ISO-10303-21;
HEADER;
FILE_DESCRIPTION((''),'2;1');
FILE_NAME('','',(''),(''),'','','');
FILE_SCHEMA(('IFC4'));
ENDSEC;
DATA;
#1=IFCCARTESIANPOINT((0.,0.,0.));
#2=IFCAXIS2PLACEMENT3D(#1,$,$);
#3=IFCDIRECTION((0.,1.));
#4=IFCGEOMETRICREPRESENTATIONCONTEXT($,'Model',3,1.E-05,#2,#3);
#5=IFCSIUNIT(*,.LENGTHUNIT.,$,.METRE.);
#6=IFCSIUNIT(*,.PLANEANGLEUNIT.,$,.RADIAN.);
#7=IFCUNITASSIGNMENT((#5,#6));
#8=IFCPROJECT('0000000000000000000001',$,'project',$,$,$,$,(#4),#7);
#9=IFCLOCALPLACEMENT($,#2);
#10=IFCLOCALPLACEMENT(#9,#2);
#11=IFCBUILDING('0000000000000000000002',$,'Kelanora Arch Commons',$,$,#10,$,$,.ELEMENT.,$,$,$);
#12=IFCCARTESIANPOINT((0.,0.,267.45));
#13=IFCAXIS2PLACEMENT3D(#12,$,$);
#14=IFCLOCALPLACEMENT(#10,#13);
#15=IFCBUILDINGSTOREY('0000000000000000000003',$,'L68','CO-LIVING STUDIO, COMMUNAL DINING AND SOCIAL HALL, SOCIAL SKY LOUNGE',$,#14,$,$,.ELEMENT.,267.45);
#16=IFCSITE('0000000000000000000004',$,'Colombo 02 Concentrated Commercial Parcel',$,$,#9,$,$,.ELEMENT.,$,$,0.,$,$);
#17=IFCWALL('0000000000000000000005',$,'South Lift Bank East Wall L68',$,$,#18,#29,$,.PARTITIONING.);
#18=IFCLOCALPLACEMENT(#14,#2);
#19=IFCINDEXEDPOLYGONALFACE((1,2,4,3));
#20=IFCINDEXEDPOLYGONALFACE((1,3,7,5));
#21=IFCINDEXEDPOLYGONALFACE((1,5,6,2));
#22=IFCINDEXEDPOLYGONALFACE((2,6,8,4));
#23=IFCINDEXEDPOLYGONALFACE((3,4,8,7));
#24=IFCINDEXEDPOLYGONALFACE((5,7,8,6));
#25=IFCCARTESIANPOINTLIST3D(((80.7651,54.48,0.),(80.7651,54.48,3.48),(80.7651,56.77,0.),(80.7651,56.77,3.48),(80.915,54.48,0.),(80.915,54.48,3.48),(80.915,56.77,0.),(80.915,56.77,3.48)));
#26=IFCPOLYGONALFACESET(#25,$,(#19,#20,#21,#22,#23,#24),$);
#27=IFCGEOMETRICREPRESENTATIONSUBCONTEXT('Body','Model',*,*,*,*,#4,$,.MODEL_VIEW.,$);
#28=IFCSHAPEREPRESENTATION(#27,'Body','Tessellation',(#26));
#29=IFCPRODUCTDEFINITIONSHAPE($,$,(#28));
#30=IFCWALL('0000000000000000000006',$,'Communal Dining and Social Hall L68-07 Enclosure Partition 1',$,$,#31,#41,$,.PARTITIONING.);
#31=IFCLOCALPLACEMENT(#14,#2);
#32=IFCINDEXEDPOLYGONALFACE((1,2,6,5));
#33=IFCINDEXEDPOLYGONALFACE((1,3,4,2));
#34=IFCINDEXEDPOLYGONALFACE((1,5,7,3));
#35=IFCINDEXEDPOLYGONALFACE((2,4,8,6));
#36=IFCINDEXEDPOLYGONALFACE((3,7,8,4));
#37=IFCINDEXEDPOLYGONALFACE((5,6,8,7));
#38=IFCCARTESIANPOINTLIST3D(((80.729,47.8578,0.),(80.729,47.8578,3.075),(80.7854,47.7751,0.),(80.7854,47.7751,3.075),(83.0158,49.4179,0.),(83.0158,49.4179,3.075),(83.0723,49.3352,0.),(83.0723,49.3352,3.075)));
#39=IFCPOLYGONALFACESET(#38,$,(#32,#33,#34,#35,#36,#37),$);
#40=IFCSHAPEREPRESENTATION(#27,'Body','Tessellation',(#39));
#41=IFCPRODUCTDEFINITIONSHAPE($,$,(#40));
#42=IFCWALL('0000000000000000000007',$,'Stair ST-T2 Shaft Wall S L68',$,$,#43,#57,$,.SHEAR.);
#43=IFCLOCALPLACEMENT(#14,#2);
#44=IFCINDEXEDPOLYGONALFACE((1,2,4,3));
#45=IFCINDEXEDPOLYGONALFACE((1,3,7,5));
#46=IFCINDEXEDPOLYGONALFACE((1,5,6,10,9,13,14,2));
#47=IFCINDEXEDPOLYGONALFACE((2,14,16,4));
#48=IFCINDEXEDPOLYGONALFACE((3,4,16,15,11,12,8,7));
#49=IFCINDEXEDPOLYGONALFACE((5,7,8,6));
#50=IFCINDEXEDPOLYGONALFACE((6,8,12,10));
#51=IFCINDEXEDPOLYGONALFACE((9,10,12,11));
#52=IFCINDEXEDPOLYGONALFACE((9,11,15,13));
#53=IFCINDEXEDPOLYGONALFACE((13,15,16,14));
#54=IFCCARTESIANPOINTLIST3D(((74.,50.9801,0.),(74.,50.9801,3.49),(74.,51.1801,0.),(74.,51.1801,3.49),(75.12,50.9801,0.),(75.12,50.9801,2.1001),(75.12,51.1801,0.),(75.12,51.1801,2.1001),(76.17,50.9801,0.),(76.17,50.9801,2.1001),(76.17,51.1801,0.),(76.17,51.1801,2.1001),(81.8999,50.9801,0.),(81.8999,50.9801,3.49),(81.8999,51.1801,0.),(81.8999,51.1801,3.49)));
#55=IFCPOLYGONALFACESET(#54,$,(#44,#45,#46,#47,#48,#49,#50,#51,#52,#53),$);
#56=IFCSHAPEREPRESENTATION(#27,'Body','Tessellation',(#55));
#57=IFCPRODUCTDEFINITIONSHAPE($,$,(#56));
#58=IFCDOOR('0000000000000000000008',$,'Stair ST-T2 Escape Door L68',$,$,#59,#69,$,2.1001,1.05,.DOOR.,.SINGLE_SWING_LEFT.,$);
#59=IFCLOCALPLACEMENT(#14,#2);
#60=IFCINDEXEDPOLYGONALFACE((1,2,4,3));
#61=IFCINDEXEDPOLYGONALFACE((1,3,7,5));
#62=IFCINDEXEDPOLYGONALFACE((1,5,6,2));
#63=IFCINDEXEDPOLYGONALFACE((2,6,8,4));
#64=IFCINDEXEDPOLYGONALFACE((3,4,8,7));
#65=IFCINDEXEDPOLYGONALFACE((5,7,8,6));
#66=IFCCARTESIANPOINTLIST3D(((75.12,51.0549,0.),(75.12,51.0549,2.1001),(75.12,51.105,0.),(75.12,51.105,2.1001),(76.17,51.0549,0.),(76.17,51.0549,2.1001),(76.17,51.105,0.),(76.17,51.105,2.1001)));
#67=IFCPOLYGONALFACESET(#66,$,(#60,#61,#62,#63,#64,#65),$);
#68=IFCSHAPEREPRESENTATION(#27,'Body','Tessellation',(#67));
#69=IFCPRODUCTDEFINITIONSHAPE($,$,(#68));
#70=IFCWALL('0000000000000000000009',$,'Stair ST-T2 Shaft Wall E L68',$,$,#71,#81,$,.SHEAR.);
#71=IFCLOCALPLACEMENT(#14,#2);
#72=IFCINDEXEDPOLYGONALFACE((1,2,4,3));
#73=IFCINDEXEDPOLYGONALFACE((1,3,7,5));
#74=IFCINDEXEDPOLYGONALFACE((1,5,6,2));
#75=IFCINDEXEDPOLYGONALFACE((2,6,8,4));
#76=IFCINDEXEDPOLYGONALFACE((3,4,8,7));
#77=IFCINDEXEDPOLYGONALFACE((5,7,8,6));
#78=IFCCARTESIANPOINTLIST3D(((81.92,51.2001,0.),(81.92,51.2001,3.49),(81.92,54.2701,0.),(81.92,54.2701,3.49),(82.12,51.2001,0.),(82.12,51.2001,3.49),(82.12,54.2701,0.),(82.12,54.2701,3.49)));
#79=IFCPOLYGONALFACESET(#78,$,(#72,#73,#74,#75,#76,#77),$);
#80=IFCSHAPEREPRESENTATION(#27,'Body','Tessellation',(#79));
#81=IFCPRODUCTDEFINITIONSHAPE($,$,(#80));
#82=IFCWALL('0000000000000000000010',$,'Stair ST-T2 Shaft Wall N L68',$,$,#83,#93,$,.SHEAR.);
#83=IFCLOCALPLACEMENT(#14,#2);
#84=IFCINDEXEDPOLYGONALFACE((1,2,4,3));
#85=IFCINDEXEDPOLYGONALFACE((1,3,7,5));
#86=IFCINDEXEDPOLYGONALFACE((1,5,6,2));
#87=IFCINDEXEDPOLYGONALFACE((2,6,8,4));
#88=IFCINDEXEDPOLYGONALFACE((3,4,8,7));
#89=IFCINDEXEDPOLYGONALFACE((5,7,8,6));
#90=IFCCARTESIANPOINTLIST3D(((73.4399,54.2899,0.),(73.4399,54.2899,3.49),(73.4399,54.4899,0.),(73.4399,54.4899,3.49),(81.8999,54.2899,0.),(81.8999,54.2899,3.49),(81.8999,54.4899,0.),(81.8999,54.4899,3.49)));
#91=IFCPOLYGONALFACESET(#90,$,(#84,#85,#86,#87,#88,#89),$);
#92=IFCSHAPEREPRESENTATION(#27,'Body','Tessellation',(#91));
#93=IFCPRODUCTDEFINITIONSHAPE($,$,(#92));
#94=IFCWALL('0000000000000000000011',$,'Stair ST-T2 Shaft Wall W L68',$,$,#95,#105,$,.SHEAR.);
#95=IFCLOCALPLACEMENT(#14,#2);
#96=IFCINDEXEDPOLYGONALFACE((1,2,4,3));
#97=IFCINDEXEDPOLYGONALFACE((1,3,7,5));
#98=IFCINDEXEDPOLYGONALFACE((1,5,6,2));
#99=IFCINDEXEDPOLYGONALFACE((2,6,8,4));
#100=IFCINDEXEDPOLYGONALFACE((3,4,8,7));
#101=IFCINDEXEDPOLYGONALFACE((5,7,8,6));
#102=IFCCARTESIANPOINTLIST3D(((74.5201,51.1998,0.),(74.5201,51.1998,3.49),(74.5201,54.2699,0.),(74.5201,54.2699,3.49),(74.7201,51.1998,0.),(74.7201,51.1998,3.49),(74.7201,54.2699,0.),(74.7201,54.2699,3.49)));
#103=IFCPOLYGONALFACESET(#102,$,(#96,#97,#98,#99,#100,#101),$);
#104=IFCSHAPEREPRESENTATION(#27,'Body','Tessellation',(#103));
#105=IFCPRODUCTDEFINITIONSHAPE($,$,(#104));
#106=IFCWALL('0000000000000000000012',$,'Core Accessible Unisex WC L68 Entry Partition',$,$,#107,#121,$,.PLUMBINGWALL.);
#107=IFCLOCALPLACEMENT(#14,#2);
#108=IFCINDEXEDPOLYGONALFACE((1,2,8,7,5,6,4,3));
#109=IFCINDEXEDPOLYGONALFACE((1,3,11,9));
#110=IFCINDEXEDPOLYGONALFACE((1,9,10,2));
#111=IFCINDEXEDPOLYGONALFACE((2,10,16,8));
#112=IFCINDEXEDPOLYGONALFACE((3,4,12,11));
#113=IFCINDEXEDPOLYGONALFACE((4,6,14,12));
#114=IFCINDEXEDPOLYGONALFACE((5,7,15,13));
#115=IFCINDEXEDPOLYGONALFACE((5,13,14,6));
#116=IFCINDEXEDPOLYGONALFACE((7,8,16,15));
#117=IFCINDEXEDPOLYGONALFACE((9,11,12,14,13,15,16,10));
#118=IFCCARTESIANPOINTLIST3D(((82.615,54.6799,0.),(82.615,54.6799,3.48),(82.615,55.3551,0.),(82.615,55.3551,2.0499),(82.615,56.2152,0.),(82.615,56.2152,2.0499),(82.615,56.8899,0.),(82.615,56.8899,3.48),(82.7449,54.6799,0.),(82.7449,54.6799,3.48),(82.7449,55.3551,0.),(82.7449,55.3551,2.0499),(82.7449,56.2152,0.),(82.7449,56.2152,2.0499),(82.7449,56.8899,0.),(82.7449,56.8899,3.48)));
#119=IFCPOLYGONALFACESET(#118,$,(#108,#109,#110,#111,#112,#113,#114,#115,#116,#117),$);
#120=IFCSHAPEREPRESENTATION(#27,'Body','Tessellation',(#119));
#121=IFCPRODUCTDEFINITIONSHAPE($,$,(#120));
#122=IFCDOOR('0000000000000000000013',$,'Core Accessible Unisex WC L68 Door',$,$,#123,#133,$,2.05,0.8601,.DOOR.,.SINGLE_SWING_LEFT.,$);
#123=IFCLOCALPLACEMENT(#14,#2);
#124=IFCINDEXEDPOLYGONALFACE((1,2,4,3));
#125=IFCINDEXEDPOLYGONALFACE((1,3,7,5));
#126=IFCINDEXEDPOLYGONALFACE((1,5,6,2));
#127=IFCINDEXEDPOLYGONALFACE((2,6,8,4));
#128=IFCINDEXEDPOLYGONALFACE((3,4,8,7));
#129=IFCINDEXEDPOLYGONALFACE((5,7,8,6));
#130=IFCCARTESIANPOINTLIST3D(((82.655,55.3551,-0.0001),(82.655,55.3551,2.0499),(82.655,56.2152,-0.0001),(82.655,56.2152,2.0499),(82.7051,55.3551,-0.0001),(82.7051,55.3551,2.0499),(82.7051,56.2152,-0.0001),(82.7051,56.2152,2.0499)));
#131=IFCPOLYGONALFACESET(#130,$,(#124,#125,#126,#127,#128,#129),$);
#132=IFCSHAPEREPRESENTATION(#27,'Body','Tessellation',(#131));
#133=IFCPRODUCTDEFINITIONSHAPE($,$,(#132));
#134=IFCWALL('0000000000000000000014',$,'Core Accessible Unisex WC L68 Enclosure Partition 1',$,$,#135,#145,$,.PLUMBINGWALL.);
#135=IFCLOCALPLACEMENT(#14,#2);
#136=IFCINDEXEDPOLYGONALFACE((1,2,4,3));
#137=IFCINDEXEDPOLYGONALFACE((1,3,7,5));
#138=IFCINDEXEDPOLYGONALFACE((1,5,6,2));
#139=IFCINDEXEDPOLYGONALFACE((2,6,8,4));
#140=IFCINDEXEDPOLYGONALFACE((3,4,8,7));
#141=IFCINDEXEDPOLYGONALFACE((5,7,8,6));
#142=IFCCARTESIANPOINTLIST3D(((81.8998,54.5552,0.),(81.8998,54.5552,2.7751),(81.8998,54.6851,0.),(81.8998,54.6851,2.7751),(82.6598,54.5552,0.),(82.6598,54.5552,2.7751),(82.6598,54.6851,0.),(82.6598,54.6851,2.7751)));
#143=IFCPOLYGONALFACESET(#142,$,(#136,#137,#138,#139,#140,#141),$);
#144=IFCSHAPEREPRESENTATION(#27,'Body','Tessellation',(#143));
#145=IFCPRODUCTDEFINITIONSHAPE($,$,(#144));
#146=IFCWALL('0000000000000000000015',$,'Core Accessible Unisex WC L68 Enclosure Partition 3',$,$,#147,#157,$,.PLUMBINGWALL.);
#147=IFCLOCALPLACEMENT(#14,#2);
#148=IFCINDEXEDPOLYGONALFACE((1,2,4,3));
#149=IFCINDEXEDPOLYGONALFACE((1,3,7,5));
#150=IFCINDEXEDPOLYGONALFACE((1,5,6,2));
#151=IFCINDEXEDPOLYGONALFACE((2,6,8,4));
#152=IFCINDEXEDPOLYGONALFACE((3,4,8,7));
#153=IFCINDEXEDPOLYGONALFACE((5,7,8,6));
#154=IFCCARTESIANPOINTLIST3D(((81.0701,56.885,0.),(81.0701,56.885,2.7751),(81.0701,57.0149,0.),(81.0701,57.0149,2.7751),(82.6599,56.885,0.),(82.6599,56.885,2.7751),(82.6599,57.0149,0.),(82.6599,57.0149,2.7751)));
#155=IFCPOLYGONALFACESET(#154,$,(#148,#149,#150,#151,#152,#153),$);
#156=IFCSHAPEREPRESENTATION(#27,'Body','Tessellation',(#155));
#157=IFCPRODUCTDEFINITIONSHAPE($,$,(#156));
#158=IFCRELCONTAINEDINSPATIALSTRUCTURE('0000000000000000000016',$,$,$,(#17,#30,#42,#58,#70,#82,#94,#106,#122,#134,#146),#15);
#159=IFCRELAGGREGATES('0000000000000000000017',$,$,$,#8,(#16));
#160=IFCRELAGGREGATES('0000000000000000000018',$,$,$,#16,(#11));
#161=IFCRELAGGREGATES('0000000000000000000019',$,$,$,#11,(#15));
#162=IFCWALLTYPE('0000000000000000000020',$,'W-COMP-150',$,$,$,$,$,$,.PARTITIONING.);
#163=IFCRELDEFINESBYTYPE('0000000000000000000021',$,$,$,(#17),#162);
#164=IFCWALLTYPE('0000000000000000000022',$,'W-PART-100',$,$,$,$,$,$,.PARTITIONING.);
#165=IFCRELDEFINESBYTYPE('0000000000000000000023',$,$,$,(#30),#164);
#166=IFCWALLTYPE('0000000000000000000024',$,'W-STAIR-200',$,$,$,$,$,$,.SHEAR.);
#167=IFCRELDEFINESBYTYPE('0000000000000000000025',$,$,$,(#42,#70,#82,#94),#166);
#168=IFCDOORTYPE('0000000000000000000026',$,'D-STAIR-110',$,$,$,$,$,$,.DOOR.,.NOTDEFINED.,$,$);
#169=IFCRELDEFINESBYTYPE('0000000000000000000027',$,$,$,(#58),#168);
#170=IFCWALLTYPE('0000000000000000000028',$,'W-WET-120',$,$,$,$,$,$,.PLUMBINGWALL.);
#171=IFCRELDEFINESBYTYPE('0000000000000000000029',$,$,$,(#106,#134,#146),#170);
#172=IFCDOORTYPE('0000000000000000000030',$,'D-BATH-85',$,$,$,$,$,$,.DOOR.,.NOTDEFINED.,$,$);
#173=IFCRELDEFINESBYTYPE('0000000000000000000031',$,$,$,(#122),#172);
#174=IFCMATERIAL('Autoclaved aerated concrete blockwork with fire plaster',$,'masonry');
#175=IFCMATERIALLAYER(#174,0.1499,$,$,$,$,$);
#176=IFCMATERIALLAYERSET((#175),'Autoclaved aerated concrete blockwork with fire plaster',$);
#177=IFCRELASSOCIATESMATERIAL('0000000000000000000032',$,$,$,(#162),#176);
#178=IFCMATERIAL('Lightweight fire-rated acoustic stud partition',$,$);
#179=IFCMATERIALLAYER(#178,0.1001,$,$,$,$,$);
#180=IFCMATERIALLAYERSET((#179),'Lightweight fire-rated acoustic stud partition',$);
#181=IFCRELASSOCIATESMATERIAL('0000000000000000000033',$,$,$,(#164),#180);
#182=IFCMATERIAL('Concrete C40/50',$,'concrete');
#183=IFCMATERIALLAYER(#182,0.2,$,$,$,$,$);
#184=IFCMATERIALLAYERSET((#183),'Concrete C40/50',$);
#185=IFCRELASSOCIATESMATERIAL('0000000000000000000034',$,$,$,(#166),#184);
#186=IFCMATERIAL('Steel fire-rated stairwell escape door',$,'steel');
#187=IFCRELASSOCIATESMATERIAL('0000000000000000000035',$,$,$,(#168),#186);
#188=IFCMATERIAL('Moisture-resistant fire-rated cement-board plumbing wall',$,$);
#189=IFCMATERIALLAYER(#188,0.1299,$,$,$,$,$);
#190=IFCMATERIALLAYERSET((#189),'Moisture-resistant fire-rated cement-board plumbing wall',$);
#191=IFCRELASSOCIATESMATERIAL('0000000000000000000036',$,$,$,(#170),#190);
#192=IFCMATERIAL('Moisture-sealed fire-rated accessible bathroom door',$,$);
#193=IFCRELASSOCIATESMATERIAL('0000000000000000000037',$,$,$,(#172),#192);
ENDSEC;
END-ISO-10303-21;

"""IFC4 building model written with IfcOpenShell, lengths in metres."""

from ifc_helpers import new_model, si_unit, direction, frame, frame_2d, origin, place, context, subcontext, project, spatial, rectangle, extrude, material, layer, layer_set, type_object, element, fill, save


model = new_model("IFC4")

# Units and contexts
model_context = context("Model", 3, precision=1e-05, world=origin(), true_north=direction((0.0, 1.0)))
body_context = subcontext(model_context, "Body", "Model", "MODEL_VIEW")
ifc_project = project(units=[si_unit("LENGTHUNIT", "METRE"), si_unit("PLANEANGLEUNIT", "RADIAN")], contexts=[model_context])

# Site, building, storey
site_placement = place(None, origin())
site = spatial("IfcSite", under=ifc_project, at=site_placement, Name="Colombo 02 Concentrated Commercial Parcel", CompositionType="ELEMENT", RefElevation=0.0)
building_placement = place(site_placement, origin())
building = spatial("IfcBuilding", under=site, at=building_placement, Name="Kelanora Arch Commons", CompositionType="ELEMENT")
storey_placement = place(building_placement, frame((0.0, 0.0, 267.45)))
storey = spatial("IfcBuildingStorey", under=building, at=storey_placement, Name="L68", Description="CO-LIVING STUDIO, COMMUNAL DINING AND SOCIAL HALL, SOCIAL SKY LOUNGE", CompositionType="ELEMENT", Elevation=267.45)

# Walls
ifc_material_1 = material(Name="Autoclaved aerated concrete blockwork with fire plaster", Category="masonry")
ifc_layer_1 = layer(ifc_material_1, 0.1499)
ifc_layer_set_1 = layer_set([ifc_layer_1], Name="Autoclaved aerated concrete blockwork with fire plaster")
wall_type_1 = type_object("IfcWallType", Name="W-COMP-150", PredefinedType="PARTITIONING", material=ifc_layer_set_1)
wall_1_placement = place(storey_placement, frame((80.8401, 54.48, 0.0), z_axis=(0.0, 0.0, 1.0), x_axis=(0.0, 1.0, 0.0)))
element("IfcWall", 1, at=wall_1_placement, inside=storey, type_object=wall_type_1, Name="South Lift Bank East Wall L68", PredefinedType="PARTITIONING", context=body_context, shape_type="SweptSolid", body=[
    extrude(rectangle(XDim=2.29, YDim=0.1499, at=frame_2d((1.145, 0.0))), origin(), (0.0, 0.0, 1.0), 3.48),
])
ifc_material_2 = material(Name="Lightweight fire-rated acoustic stud partition")
ifc_layer_2 = layer(ifc_material_2, 0.1001)
ifc_layer_set_2 = layer_set([ifc_layer_2], Name="Lightweight fire-rated acoustic stud partition")
wall_type_2 = type_object("IfcWallType", Name="W-PART-100", PredefinedType="PARTITIONING", material=ifc_layer_set_2)
wall_2_placement = place(storey_placement, frame((80.7571, 47.8164, 0.0), z_axis=(0.0, 0.0, 1.0), x_axis=(0.826087, 0.563542, 0.0)))
element("IfcWall", 2, at=wall_2_placement, inside=storey, type_object=wall_type_2, Name="Communal Dining and Social Hall L68-07 Enclosure Partition 1", PredefinedType="PARTITIONING", context=body_context, shape_type="SweptSolid", body=[
    extrude(rectangle(XDim=2.7683, YDim=0.1001, at=frame_2d((1.3843, 0.0))), origin(), (0.0, 0.0, 1.0), 3.075),
])

# Wall, opening, door
ifc_material_3 = material(Name="Concrete C40/50", Category="concrete")
ifc_layer_3 = layer(ifc_material_3, 0.2)
ifc_layer_set_3 = layer_set([ifc_layer_3], Name="Concrete C40/50")
wall_type_3 = type_object("IfcWallType", Name="W-STAIR-200", PredefinedType="SHEAR", material=ifc_layer_set_3)
wall_3_placement = place(storey_placement, frame((74.0, 51.0801, 0.0), z_axis=(0.0, 0.0, 1.0), x_axis=(1.0, 0.0, 0.0)))
wall_3 = element("IfcWall", 3, at=wall_3_placement, inside=storey, type_object=wall_type_3, Name="Stair ST-T2 Shaft Wall S L68", PredefinedType="SHEAR", context=body_context, shape_type="SweptSolid", body=[
    extrude(rectangle(XDim=7.8999, YDim=0.2, at=frame_2d((3.95, 0.0))), origin(), (0.0, 0.0, 1.0), 3.49),
])
opening_1_placement = place(wall_3_placement, frame((1.1201, 0.0, 0.0)))
opening_1 = element("IfcOpeningElement", 4, at=opening_1_placement, cuts=wall_3, PredefinedType="OPENING", context=body_context, shape_type="SweptSolid", body=[
    extrude(rectangle(XDim=1.05, YDim=2.1001, at=frame_2d((0.5249, 1.05))), frame((0.0, 0.1099, 0.0), z_axis=(0.0, -1.0, 0.0), x_axis=(1.0, 0.0, 0.0)), (0.0, 0.0, 1.0), 0.22),
])
ifc_material_4 = material(Name="Steel fire-rated stairwell escape door", Category="steel")
door_type_1 = type_object("IfcDoorType", Name="D-STAIR-110", OperationType="NOTDEFINED", PredefinedType="DOOR", material=ifc_material_4)
door_1_placement = place(opening_1_placement, origin())
door_1 = element("IfcDoor", 5, at=door_1_placement, inside=storey, type_object=door_type_1, Name="Stair ST-T2 Escape Door L68", OperationType="SINGLE_SWING_LEFT", OverallHeight=2.1001, OverallWidth=1.05, PredefinedType="DOOR", context=body_context, shape_type="SweptSolid", body=[
    extrude(rectangle(XDim=1.05, YDim=2.1001, at=frame_2d((0.5249, 1.05))), frame((0.0, 0.0249, 0.0), z_axis=(0.0, -1.0, 0.0), x_axis=(1.0, 0.0, 0.0)), (0.0, 0.0, 1.0), 0.05),
])
fill(opening_1, door_1)

# Walls
wall_4_placement = place(storey_placement, frame((82.02, 51.2, 0.0), z_axis=(0.0, 0.0, 1.0), x_axis=(0.0, 1.0, 0.0)))
element("IfcWall", 6, at=wall_4_placement, inside=storey, type_object=wall_type_3, Name="Stair ST-T2 Shaft Wall E L68", PredefinedType="SHEAR", context=body_context, shape_type="SweptSolid", body=[
    extrude(rectangle(XDim=3.0701, YDim=0.2, at=frame_2d((1.5352, 0.0))), origin(), (0.0, 0.0, 1.0), 3.49),
])
wall_5_placement = place(storey_placement, frame((81.8999, 54.3899, 0.0), z_axis=(0.0, 0.0, 1.0), x_axis=(-1.0, 0.0, 0.0)))
element("IfcWall", 7, at=wall_5_placement, inside=storey, type_object=wall_type_3, Name="Stair ST-T2 Shaft Wall N L68", PredefinedType="SHEAR", context=body_context, shape_type="SweptSolid", body=[
    extrude(rectangle(XDim=8.46, YDim=0.2, at=frame_2d((4.23, 0.0))), origin(), (0.0, 0.0, 1.0), 3.49),
])
wall_6_placement = place(storey_placement, frame((74.6201, 54.27, 0.0), z_axis=(0.0, 0.0, 1.0), x_axis=(0.0, -1.0, 0.0)))
element("IfcWall", 8, at=wall_6_placement, inside=storey, type_object=wall_type_3, Name="Stair ST-T2 Shaft Wall W L68", PredefinedType="SHEAR", context=body_context, shape_type="SweptSolid", body=[
    extrude(rectangle(XDim=3.0701, YDim=0.2, at=frame_2d((1.5352, 0.0))), origin(), (0.0, 0.0, 1.0), 3.49),
])

# Wall, opening, door
ifc_material_5 = material(Name="Moisture-resistant fire-rated cement-board plumbing wall")
ifc_layer_4 = layer(ifc_material_5, 0.1299)
ifc_layer_set_4 = layer_set([ifc_layer_4], Name="Moisture-resistant fire-rated cement-board plumbing wall")
wall_type_4 = type_object("IfcWallType", Name="W-WET-120", PredefinedType="PLUMBINGWALL", material=ifc_layer_set_4)
wall_7_placement = place(storey_placement, frame((82.6799, 54.6799, 0.0), z_axis=(0.0, 0.0, 1.0), x_axis=(0.0, 1.0, 0.0)))
wall_7 = element("IfcWall", 9, at=wall_7_placement, inside=storey, type_object=wall_type_4, Name="Core Accessible Unisex WC L68 Entry Partition", PredefinedType="PLUMBINGWALL", context=body_context, shape_type="SweptSolid", body=[
    extrude(rectangle(XDim=2.21, YDim=0.1299, at=frame_2d((1.105, 0.0))), origin(), (0.0, 0.0, 1.0), 3.48),
])
opening_2_placement = place(wall_7_placement, frame((0.675, 0.0, 0.0)))
opening_2 = element("IfcOpeningElement", 10, at=opening_2_placement, cuts=wall_7, PredefinedType="OPENING", context=body_context, shape_type="SweptSolid", body=[
    extrude(rectangle(XDim=0.8601, YDim=2.05, at=frame_2d((0.4302, 1.0249))), frame((0.0, 0.075, 0.0), z_axis=(0.0, -1.0, 0.0), x_axis=(1.0, 0.0, 0.0)), (0.0, 0.0, 1.0), 0.1499),
])
ifc_material_6 = material(Name="Moisture-sealed fire-rated accessible bathroom door")
door_type_2 = type_object("IfcDoorType", Name="D-BATH-85", OperationType="NOTDEFINED", PredefinedType="DOOR", material=ifc_material_6)
door_2_placement = place(opening_2_placement, origin())
door_2 = element("IfcDoor", 11, at=door_2_placement, inside=storey, type_object=door_type_2, Name="Core Accessible Unisex WC L68 Door", OperationType="SINGLE_SWING_LEFT", OverallHeight=2.05, OverallWidth=0.8601, PredefinedType="DOOR", context=body_context, shape_type="SweptSolid", body=[
    extrude(rectangle(XDim=0.8601, YDim=2.05, at=frame_2d((0.4302, 1.0249))), frame((0.0, 0.0249, 0.0), z_axis=(0.0, -1.0, 0.0), x_axis=(1.0, 0.0, 0.0)), (0.0, 0.0, 1.0), 0.05),
])
fill(opening_2, door_2)

# Walls
wall_8_placement = place(storey_placement, frame((81.8999, 54.6201, 0.0), z_axis=(0.0, 0.0, 1.0), x_axis=(1.0, 0.0, 0.0)))
element("IfcWall", 12, at=wall_8_placement, inside=storey, type_object=wall_type_4, Name="Core Accessible Unisex WC L68 Enclosure Partition 1", PredefinedType="PLUMBINGWALL", context=body_context, shape_type="SweptSolid", body=[
    extrude(rectangle(XDim=0.76, YDim=0.1299, at=frame_2d((0.3799, 0.0))), origin(), (0.0, 0.0, 1.0), 2.7751),
])
wall_9_placement = place(storey_placement, frame((82.6599, 56.95, 0.0), z_axis=(0.0, 0.0, 1.0), x_axis=(-1.0, 0.0, 0.0)))
element("IfcWall", 13, at=wall_9_placement, inside=storey, type_object=wall_type_4, Name="Core Accessible Unisex WC L68 Enclosure Partition 3", PredefinedType="PLUMBINGWALL", context=body_context, shape_type="SweptSolid", body=[
    extrude(rectangle(XDim=1.5898, YDim=0.1299, at=frame_2d((0.7949, 0.0))), origin(), (0.0, 0.0, 1.0), 2.7751),
])

save(model, "model.ifc")
